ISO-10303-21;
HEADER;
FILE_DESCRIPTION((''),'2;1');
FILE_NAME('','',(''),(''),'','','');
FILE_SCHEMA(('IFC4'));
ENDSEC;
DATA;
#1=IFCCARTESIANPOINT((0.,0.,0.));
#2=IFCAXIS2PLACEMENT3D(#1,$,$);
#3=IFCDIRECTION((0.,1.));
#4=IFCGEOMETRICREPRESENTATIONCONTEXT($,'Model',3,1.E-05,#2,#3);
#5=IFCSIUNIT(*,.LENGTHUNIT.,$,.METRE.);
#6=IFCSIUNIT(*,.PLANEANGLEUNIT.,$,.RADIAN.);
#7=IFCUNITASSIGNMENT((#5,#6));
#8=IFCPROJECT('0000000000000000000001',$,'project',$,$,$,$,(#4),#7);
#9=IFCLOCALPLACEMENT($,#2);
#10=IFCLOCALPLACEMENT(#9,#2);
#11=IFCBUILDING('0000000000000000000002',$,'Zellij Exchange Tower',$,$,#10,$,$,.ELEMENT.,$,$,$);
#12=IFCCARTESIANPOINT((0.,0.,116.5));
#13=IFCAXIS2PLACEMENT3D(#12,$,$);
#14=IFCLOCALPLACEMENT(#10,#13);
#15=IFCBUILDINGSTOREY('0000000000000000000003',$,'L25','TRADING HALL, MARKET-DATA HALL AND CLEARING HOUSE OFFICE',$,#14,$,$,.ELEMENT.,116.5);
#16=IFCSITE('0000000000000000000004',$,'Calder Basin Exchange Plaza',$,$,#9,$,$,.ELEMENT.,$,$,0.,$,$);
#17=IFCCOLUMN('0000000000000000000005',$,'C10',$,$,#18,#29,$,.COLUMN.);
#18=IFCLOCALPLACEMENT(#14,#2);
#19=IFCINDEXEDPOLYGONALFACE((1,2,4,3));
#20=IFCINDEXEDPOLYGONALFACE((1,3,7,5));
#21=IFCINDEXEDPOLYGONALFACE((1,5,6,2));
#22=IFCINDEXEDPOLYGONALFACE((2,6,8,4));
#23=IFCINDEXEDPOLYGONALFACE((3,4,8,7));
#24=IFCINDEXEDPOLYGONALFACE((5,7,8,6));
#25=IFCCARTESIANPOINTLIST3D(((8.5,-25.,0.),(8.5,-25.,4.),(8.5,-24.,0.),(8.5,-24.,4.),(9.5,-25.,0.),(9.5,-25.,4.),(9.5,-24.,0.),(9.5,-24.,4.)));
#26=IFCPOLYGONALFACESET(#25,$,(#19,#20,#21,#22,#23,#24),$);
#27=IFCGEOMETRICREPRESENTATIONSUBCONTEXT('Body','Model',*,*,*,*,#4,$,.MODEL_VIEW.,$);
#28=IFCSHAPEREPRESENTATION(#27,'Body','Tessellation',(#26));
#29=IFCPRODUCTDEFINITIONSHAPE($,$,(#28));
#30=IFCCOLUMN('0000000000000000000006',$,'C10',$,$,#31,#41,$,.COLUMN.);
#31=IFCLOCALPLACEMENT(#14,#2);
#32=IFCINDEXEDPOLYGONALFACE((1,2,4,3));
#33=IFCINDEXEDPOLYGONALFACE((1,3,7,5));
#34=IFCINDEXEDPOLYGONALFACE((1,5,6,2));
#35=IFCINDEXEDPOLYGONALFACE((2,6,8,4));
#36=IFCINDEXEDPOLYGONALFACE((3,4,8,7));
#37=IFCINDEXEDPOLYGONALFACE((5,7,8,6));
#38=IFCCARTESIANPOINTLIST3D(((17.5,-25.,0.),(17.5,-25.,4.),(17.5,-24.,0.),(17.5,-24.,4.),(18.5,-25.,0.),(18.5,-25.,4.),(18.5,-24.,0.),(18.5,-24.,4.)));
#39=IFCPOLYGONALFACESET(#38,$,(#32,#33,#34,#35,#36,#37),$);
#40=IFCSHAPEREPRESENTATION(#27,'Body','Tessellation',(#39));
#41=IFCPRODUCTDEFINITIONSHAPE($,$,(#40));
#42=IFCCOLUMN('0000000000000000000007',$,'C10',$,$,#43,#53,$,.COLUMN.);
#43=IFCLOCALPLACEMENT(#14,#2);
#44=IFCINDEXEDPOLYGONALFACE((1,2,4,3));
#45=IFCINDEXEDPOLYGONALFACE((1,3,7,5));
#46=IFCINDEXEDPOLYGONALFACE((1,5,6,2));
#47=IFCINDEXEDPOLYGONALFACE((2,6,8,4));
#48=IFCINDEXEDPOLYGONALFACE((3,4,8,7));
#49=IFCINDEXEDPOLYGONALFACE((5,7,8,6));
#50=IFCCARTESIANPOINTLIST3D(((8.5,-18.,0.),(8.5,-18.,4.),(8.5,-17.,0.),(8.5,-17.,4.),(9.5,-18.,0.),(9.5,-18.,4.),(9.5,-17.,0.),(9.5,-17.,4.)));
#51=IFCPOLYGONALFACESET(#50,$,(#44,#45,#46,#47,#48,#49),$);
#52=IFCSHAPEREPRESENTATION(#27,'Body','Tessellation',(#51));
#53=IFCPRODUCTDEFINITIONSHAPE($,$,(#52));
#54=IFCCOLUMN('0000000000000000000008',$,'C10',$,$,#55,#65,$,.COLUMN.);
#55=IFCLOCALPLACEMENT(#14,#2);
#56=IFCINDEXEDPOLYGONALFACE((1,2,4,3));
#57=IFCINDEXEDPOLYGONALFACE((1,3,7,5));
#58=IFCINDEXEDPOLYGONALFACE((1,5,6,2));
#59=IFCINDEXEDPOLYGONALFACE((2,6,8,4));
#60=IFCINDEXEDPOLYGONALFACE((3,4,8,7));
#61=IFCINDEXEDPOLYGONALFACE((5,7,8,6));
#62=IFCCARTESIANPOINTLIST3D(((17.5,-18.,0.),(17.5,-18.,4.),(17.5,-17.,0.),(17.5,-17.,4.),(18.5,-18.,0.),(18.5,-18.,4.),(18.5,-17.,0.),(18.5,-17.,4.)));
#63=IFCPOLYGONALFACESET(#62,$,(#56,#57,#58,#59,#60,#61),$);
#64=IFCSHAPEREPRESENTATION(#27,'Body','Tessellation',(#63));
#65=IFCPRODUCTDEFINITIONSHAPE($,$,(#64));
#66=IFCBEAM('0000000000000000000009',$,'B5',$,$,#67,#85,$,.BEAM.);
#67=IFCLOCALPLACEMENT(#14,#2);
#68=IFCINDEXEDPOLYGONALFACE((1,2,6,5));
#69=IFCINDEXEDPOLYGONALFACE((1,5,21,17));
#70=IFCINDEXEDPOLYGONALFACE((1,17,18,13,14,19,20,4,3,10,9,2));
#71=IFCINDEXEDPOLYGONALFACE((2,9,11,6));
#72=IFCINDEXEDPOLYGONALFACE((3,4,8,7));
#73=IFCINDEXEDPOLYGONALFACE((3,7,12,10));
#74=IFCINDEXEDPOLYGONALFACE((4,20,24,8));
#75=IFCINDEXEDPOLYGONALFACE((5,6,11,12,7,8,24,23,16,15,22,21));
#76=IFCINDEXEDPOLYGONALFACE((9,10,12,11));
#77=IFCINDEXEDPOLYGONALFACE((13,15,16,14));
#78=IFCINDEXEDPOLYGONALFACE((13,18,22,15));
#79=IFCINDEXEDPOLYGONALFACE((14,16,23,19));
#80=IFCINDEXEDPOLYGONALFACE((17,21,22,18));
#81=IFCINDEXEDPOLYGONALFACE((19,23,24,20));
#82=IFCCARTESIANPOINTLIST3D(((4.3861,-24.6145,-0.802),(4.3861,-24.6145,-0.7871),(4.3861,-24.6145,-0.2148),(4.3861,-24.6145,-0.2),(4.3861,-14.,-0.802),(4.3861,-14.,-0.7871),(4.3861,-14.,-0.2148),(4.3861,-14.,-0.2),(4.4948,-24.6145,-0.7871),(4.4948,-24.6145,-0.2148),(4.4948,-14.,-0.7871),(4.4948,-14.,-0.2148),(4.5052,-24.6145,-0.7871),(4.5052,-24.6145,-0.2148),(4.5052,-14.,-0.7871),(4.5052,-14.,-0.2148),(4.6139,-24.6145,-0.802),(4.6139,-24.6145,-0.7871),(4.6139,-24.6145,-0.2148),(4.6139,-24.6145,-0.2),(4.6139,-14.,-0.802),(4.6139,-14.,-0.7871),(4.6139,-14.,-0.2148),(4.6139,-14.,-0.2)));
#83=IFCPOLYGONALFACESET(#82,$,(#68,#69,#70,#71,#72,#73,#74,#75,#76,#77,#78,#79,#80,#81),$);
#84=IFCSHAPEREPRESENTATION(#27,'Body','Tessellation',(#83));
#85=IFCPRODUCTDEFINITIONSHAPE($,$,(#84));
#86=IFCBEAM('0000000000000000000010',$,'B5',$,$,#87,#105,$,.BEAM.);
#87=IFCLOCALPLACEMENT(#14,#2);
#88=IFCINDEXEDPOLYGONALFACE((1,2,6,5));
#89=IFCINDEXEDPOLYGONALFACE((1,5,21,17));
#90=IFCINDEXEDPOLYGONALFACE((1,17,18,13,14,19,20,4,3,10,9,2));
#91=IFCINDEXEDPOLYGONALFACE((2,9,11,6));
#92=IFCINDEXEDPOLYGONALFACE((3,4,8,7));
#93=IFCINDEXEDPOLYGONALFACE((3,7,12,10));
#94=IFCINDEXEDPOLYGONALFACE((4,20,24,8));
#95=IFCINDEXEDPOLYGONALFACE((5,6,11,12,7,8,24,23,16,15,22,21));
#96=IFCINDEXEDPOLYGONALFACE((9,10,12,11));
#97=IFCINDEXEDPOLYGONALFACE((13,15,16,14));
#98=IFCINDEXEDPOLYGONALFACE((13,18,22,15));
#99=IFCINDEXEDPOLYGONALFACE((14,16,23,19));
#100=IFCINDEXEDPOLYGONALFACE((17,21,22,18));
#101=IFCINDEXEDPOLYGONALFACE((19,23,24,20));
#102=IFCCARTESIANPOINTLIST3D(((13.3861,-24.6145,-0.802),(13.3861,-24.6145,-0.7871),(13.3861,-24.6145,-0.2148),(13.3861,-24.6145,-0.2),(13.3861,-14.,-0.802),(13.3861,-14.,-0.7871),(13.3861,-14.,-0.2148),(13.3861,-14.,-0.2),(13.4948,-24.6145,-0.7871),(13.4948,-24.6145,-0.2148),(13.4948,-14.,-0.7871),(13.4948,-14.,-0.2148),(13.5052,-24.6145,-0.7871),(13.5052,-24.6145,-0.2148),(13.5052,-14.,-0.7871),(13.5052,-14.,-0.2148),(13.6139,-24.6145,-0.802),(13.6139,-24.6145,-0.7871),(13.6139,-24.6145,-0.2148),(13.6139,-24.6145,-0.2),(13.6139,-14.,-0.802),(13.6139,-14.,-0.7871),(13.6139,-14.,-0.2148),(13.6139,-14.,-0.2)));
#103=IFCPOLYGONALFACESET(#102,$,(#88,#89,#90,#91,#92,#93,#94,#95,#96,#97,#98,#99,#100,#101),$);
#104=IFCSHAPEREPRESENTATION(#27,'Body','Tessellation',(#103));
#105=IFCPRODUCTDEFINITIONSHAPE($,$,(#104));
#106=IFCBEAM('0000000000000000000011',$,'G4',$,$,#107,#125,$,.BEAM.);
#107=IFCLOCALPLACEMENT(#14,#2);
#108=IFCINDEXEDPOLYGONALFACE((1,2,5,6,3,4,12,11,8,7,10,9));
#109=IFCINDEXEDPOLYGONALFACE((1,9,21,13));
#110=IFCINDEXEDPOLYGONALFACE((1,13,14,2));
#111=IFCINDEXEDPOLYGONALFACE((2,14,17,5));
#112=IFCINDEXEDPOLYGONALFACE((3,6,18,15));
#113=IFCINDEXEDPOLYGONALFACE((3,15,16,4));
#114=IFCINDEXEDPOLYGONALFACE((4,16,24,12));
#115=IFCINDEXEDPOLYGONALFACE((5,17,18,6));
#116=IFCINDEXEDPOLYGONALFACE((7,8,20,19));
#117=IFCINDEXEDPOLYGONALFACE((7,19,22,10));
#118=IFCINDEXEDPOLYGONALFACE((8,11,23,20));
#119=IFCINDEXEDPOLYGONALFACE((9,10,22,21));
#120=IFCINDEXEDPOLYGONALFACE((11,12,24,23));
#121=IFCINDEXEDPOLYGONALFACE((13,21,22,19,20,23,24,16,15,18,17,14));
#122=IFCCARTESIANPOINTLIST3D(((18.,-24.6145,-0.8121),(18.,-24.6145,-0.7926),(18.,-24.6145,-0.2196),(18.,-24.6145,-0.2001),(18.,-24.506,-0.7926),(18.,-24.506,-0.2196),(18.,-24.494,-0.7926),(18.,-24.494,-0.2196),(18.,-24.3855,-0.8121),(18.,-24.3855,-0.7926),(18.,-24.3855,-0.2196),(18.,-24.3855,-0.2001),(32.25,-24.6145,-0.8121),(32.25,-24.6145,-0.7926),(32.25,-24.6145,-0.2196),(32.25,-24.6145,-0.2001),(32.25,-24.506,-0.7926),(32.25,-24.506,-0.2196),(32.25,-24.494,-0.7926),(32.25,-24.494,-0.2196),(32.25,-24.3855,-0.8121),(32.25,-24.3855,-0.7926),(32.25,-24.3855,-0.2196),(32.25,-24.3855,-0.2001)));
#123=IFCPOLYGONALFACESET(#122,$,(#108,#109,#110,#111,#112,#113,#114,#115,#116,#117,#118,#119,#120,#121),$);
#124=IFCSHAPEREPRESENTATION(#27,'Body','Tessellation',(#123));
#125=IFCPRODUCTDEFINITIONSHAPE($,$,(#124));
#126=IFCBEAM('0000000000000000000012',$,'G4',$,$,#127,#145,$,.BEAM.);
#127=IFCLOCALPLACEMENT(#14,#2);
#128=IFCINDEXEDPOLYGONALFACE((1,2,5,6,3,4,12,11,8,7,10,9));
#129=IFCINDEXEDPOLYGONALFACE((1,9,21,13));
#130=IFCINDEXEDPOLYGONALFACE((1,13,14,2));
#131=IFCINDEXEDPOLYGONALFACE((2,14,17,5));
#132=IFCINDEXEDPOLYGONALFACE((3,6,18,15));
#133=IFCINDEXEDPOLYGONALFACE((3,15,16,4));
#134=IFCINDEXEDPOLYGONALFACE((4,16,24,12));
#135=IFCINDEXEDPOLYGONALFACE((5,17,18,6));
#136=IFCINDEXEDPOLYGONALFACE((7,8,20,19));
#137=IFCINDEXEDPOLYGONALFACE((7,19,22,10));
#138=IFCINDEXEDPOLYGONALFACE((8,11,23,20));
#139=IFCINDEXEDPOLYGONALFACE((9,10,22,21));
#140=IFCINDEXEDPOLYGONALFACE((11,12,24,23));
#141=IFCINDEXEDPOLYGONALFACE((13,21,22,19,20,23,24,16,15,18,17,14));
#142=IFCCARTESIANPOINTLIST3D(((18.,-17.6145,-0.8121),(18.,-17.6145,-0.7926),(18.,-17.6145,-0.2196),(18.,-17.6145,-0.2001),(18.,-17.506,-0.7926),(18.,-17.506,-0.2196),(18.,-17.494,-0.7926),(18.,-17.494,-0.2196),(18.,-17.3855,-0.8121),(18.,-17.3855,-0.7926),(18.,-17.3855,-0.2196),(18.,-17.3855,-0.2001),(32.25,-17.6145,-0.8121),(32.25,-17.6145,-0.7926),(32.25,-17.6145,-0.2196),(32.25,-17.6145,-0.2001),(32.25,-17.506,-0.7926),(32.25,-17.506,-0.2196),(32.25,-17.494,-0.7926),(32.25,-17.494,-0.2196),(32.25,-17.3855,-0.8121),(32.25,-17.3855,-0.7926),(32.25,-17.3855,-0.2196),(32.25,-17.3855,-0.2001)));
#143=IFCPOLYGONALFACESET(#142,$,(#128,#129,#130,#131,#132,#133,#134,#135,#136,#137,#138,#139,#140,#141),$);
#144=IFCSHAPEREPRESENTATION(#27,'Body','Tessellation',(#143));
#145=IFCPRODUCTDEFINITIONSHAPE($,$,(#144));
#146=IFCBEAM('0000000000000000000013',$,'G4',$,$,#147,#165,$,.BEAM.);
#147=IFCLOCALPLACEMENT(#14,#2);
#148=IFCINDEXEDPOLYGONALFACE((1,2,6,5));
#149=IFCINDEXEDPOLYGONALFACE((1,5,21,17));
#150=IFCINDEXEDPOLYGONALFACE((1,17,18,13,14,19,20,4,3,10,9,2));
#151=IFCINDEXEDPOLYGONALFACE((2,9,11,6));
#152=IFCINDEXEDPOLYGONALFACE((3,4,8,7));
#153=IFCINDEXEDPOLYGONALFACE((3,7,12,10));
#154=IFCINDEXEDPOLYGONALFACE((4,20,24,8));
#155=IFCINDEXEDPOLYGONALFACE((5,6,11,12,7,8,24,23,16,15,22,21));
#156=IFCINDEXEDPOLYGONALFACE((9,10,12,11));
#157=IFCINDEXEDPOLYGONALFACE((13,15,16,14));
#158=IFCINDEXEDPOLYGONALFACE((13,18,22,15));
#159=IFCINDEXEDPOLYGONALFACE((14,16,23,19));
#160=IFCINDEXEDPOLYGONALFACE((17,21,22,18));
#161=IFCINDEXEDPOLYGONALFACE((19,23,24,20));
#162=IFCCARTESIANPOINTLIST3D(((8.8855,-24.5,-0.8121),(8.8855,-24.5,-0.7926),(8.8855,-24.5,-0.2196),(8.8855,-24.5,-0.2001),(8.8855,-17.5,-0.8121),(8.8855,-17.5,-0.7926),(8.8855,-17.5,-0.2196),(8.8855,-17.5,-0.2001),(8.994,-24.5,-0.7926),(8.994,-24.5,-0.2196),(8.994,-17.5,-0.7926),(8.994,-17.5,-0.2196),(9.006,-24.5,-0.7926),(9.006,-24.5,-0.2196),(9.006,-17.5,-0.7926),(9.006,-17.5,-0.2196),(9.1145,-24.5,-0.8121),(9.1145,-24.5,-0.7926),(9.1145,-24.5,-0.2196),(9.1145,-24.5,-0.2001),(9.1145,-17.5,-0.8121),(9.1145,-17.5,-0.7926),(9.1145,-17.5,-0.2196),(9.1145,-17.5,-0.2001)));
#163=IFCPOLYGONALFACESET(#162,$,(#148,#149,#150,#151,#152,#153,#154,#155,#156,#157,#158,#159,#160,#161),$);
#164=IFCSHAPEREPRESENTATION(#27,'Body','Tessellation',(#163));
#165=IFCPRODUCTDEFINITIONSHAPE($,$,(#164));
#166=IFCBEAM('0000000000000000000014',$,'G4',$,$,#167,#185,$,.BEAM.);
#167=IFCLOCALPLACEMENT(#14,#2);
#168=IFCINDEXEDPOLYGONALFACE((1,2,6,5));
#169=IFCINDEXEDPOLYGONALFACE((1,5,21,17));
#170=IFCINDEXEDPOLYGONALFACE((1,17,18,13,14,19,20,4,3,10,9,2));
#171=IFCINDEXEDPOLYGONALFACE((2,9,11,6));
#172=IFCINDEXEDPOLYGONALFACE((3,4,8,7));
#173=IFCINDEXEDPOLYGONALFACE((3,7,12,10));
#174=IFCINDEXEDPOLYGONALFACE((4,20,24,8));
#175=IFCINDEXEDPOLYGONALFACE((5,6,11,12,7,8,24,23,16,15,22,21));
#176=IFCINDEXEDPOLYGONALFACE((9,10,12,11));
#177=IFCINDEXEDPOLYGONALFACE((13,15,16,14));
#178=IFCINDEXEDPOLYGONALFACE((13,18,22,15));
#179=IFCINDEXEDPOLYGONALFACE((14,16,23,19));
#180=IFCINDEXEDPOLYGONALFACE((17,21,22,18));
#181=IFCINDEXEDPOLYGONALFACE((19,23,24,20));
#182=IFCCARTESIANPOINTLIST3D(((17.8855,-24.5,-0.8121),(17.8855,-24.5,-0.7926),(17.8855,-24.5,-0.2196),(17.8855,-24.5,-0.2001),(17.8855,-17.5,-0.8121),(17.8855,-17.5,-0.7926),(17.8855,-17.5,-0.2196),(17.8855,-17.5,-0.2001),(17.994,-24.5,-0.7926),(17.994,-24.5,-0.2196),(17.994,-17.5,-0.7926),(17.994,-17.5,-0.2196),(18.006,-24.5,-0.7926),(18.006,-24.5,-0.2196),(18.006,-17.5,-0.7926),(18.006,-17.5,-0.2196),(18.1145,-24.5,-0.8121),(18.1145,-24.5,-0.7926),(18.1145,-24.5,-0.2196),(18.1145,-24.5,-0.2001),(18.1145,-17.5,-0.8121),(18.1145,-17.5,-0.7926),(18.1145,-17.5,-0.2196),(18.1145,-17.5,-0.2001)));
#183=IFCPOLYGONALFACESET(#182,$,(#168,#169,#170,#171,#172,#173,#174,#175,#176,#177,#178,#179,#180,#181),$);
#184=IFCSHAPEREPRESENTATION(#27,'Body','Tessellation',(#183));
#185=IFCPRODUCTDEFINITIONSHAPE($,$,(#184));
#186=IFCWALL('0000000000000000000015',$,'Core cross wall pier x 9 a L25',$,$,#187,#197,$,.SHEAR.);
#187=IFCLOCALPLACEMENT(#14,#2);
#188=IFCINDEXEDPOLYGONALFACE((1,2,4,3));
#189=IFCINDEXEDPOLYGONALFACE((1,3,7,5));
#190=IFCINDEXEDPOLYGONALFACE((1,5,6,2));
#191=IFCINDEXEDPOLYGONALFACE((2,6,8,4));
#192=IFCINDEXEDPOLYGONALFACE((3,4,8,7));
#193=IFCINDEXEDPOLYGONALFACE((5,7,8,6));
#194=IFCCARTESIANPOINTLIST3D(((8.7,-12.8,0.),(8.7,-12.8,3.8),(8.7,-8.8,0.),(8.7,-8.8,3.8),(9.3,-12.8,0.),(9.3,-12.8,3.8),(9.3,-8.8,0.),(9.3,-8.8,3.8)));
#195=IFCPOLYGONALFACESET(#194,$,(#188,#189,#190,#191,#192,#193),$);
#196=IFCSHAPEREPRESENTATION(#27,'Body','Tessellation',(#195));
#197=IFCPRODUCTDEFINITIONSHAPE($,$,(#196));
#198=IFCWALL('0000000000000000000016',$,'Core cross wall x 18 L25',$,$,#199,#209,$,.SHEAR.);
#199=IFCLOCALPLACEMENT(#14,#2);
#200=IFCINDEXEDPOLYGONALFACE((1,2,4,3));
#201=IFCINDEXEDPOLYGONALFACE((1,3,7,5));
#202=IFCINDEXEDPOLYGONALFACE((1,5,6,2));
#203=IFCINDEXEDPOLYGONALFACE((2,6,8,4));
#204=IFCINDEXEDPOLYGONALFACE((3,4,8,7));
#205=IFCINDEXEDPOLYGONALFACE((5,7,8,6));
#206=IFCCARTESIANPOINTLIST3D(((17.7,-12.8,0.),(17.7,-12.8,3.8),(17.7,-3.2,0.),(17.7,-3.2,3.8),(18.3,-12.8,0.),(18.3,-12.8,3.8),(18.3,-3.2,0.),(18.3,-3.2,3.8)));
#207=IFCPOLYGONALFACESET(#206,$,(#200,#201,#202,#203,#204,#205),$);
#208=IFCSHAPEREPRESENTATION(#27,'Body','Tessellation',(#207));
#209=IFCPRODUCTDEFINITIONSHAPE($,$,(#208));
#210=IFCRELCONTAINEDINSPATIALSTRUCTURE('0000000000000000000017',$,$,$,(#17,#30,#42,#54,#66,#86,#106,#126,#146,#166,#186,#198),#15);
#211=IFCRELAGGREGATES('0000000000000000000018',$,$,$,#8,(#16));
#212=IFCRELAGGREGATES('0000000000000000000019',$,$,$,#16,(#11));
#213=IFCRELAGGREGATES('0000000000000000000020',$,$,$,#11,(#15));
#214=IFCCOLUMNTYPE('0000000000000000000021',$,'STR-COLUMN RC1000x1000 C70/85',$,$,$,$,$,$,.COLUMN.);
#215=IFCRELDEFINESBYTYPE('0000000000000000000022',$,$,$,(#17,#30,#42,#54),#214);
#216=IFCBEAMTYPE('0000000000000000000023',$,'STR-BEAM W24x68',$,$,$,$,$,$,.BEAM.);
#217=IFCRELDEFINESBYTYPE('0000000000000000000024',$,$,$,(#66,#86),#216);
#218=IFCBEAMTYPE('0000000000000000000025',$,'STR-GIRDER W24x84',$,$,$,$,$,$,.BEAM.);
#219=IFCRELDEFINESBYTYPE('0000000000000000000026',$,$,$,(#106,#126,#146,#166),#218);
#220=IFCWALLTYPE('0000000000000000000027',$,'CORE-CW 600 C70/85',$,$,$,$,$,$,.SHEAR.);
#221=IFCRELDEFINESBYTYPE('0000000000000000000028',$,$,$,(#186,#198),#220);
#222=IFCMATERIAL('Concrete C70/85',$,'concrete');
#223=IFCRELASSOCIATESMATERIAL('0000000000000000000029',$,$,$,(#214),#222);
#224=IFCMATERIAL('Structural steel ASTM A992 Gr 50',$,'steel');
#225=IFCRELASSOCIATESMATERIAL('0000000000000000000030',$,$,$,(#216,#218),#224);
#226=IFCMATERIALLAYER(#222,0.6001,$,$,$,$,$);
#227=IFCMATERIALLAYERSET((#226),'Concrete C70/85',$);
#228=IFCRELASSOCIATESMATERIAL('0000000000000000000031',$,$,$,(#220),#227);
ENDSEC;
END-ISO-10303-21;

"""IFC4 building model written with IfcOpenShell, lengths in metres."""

from ifc_helpers import new_model, si_unit, direction, frame, frame_2d, origin, origin_2d, place, context, subcontext, project, spatial, rectangle, i_section, extrude, material, layer, layer_set, material_profile, profile_set, type_object, element, save


model = new_model("IFC4")

# Units and contexts
model_context = context("Model", 3, precision=1e-05, world=origin(), true_north=direction((0.0, 1.0)))
body_context = subcontext(model_context, "Body", "Model", "MODEL_VIEW")
ifc_project = project(units=[si_unit("LENGTHUNIT", "METRE"), si_unit("PLANEANGLEUNIT", "RADIAN")], contexts=[model_context])

# Site, building, storey
site_placement = place(None, origin())
site = spatial("IfcSite", under=ifc_project, at=site_placement, Name="Calder Basin Exchange Plaza", CompositionType="ELEMENT", RefElevation=0.0)
building_placement = place(site_placement, origin())
building = spatial("IfcBuilding", under=site, at=building_placement, Name="Zellij Exchange Tower", CompositionType="ELEMENT")
storey_placement = place(building_placement, frame((0.0, 0.0, 116.5)))
storey = spatial("IfcBuildingStorey", under=building, at=storey_placement, Name="L25", Description="TRADING HALL, MARKET-DATA HALL AND CLEARING HOUSE OFFICE", CompositionType="ELEMENT", Elevation=116.5)

# Columns
ifc_material_1 = material(Name="Concrete C70/85", Category="concrete")
ifc_material_profile_1 = material_profile(ifc_material_1, rectangle(XDim=1.0, YDim=1.0, at=origin_2d()), Name="STR-COLUMN RC1000x1000 C70/85")
ifc_profile_set_1 = profile_set([ifc_material_profile_1], Name="Concrete C70/85")
column_type = type_object("IfcColumnType", Name="STR-COLUMN RC1000x1000 C70/85", PredefinedType="COLUMN", material=ifc_profile_set_1)
for number, where, z_axis, x_axis, name in (
    (1, (9.0, -24.5, 0.0), (0.0, 0.0, 1.0), (1.0, 0.0, 0.0), "C10"),
    (2, (18.0, -24.5, 0.0), (0.0, 0.0, 1.0), (1.0, 0.0, 0.0), "C10"),
    (3, (9.0, -17.5, 0.0), (0.0, 0.0, 1.0), (1.0, 0.0, 0.0), "C10"),
    (4, (18.0, -17.5, 0.0), (0.0, 0.0, 1.0), (1.0, 0.0, 0.0), "C10"),
):
    element("IfcColumn", number, at=place(storey_placement, frame(where, z_axis=z_axis, x_axis=x_axis)), inside=storey, type_object=column_type, Name=name, PredefinedType="COLUMN", context=body_context, shape_type="SweptSolid", body=[
        extrude(rectangle(XDim=1.0, YDim=1.0, at=origin_2d()), origin(), (0.0, 0.0, 1.0), 4.0),
    ])

# Beams
ifc_material_2 = material(Name="Structural steel ASTM A992 Gr 50", Category="steel")
ifc_material_profile_2 = material_profile(ifc_material_2, i_section(OverallWidth=0.2278, OverallDepth=0.6021, WebThickness=0.0105, FlangeThickness=0.0149, at=origin_2d()), Name="W24x68")
ifc_profile_set_2 = profile_set([ifc_material_profile_2], Name="Structural steel ASTM A992 Gr 50")
beam_type_1 = type_object("IfcBeamType", Name="STR-BEAM W24x68", PredefinedType="BEAM", material=ifc_profile_set_2)
for number, where, z_axis, x_axis, name in (
    (5, (4.5, -24.6145, -0.501), (0.0, 1.0, 0.0), (-1.0, 0.0, 0.0), "B5"),
    (6, (13.5, -24.6145, -0.501), (0.0, 1.0, 0.0), (-1.0, 0.0, 0.0), "B5"),
):
    element("IfcBeam", number, at=place(storey_placement, frame(where, z_axis=z_axis, x_axis=x_axis)), inside=storey, type_object=beam_type_1, Name=name, PredefinedType="BEAM", context=body_context, shape_type="SweptSolid", body=[
        extrude(i_section(OverallWidth=0.2278, OverallDepth=0.6021, WebThickness=0.0105, FlangeThickness=0.0149, at=origin_2d()), origin(), (0.0, 0.0, 1.0), 10.6145),
    ])
ifc_material_profile_3 = material_profile(ifc_material_2, i_section(OverallWidth=0.229, OverallDepth=0.6121, WebThickness=0.012, FlangeThickness=0.0195, at=origin_2d()), Name="W24x84")
ifc_profile_set_3 = profile_set([ifc_material_profile_3], Name="Structural steel ASTM A992 Gr 50")
beam_type_2 = type_object("IfcBeamType", Name="STR-GIRDER W24x84", PredefinedType="BEAM", material=ifc_profile_set_3)
for number, where, z_axis, x_axis, name in (
    (7, (18.0, -24.5, -0.5061), (1.0, 0.0, 0.0), (0.0, 1.0, 0.0), "G4"),
    (8, (18.0, -17.5, -0.5061), (1.0, 0.0, 0.0), (0.0, 1.0, 0.0), "G4"),
):
    element("IfcBeam", number, at=place(storey_placement, frame(where, z_axis=z_axis, x_axis=x_axis)), inside=storey, type_object=beam_type_2, Name=name, PredefinedType="BEAM", context=body_context, shape_type="SweptSolid", body=[
        extrude(i_section(OverallWidth=0.229, OverallDepth=0.6121, WebThickness=0.012, FlangeThickness=0.0195, at=origin_2d()), origin(), (0.0, 0.0, 1.0), 14.25),
    ])
for number, where, z_axis, x_axis, name in (
    (9, (9.0, -24.5, -0.5061), (0.0, 1.0, 0.0), (-1.0, 0.0, 0.0), "G4"),
    (10, (18.0, -24.5, -0.5061), (0.0, 1.0, 0.0), (-1.0, 0.0, 0.0), "G4"),
):
    element("IfcBeam", number, at=place(storey_placement, frame(where, z_axis=z_axis, x_axis=x_axis)), inside=storey, type_object=beam_type_2, Name=name, PredefinedType="BEAM", context=body_context, shape_type="SweptSolid", body=[
        extrude(i_section(OverallWidth=0.229, OverallDepth=0.6121, WebThickness=0.012, FlangeThickness=0.0195, at=origin_2d()), origin(), (0.0, 0.0, 1.0), 7.0),
    ])

# Walls
ifc_layer_1 = layer(ifc_material_1, 0.6001)
ifc_layer_set_1 = layer_set([ifc_layer_1], Name="Concrete C70/85")
wall_type_1 = type_object("IfcWallType", Name="CORE-CW 600 C70/85", PredefinedType="SHEAR", material=ifc_layer_set_1)
wall_1_placement = place(storey_placement, frame((9.0, -12.8, 0.0), z_axis=(0.0, 0.0, 1.0), x_axis=(0.0, 1.0, 0.0)))
element("IfcWall", 11, at=wall_1_placement, inside=storey, type_object=wall_type_1, Name="Core cross wall pier x 9 a L25", PredefinedType="SHEAR", context=body_context, shape_type="SweptSolid", body=[
    extrude(rectangle(XDim=4.0, YDim=0.6001, at=frame_2d((2.0, 0.0))), origin(), (0.0, 0.0, 1.0), 3.8),
])
wall_2_placement = place(storey_placement, frame((18.0, -12.8, 0.0), z_axis=(0.0, 0.0, 1.0), x_axis=(0.0, 1.0, 0.0)))
element("IfcWall", 12, at=wall_2_placement, inside=storey, type_object=wall_type_1, Name="Core cross wall x 18 L25", PredefinedType="SHEAR", context=body_context, shape_type="SweptSolid", body=[
    extrude(rectangle(XDim=9.6001, YDim=0.6001, at=frame_2d((4.8, 0.0))), origin(), (0.0, 0.0, 1.0), 3.8),
])

save(model, "model.ifc")
